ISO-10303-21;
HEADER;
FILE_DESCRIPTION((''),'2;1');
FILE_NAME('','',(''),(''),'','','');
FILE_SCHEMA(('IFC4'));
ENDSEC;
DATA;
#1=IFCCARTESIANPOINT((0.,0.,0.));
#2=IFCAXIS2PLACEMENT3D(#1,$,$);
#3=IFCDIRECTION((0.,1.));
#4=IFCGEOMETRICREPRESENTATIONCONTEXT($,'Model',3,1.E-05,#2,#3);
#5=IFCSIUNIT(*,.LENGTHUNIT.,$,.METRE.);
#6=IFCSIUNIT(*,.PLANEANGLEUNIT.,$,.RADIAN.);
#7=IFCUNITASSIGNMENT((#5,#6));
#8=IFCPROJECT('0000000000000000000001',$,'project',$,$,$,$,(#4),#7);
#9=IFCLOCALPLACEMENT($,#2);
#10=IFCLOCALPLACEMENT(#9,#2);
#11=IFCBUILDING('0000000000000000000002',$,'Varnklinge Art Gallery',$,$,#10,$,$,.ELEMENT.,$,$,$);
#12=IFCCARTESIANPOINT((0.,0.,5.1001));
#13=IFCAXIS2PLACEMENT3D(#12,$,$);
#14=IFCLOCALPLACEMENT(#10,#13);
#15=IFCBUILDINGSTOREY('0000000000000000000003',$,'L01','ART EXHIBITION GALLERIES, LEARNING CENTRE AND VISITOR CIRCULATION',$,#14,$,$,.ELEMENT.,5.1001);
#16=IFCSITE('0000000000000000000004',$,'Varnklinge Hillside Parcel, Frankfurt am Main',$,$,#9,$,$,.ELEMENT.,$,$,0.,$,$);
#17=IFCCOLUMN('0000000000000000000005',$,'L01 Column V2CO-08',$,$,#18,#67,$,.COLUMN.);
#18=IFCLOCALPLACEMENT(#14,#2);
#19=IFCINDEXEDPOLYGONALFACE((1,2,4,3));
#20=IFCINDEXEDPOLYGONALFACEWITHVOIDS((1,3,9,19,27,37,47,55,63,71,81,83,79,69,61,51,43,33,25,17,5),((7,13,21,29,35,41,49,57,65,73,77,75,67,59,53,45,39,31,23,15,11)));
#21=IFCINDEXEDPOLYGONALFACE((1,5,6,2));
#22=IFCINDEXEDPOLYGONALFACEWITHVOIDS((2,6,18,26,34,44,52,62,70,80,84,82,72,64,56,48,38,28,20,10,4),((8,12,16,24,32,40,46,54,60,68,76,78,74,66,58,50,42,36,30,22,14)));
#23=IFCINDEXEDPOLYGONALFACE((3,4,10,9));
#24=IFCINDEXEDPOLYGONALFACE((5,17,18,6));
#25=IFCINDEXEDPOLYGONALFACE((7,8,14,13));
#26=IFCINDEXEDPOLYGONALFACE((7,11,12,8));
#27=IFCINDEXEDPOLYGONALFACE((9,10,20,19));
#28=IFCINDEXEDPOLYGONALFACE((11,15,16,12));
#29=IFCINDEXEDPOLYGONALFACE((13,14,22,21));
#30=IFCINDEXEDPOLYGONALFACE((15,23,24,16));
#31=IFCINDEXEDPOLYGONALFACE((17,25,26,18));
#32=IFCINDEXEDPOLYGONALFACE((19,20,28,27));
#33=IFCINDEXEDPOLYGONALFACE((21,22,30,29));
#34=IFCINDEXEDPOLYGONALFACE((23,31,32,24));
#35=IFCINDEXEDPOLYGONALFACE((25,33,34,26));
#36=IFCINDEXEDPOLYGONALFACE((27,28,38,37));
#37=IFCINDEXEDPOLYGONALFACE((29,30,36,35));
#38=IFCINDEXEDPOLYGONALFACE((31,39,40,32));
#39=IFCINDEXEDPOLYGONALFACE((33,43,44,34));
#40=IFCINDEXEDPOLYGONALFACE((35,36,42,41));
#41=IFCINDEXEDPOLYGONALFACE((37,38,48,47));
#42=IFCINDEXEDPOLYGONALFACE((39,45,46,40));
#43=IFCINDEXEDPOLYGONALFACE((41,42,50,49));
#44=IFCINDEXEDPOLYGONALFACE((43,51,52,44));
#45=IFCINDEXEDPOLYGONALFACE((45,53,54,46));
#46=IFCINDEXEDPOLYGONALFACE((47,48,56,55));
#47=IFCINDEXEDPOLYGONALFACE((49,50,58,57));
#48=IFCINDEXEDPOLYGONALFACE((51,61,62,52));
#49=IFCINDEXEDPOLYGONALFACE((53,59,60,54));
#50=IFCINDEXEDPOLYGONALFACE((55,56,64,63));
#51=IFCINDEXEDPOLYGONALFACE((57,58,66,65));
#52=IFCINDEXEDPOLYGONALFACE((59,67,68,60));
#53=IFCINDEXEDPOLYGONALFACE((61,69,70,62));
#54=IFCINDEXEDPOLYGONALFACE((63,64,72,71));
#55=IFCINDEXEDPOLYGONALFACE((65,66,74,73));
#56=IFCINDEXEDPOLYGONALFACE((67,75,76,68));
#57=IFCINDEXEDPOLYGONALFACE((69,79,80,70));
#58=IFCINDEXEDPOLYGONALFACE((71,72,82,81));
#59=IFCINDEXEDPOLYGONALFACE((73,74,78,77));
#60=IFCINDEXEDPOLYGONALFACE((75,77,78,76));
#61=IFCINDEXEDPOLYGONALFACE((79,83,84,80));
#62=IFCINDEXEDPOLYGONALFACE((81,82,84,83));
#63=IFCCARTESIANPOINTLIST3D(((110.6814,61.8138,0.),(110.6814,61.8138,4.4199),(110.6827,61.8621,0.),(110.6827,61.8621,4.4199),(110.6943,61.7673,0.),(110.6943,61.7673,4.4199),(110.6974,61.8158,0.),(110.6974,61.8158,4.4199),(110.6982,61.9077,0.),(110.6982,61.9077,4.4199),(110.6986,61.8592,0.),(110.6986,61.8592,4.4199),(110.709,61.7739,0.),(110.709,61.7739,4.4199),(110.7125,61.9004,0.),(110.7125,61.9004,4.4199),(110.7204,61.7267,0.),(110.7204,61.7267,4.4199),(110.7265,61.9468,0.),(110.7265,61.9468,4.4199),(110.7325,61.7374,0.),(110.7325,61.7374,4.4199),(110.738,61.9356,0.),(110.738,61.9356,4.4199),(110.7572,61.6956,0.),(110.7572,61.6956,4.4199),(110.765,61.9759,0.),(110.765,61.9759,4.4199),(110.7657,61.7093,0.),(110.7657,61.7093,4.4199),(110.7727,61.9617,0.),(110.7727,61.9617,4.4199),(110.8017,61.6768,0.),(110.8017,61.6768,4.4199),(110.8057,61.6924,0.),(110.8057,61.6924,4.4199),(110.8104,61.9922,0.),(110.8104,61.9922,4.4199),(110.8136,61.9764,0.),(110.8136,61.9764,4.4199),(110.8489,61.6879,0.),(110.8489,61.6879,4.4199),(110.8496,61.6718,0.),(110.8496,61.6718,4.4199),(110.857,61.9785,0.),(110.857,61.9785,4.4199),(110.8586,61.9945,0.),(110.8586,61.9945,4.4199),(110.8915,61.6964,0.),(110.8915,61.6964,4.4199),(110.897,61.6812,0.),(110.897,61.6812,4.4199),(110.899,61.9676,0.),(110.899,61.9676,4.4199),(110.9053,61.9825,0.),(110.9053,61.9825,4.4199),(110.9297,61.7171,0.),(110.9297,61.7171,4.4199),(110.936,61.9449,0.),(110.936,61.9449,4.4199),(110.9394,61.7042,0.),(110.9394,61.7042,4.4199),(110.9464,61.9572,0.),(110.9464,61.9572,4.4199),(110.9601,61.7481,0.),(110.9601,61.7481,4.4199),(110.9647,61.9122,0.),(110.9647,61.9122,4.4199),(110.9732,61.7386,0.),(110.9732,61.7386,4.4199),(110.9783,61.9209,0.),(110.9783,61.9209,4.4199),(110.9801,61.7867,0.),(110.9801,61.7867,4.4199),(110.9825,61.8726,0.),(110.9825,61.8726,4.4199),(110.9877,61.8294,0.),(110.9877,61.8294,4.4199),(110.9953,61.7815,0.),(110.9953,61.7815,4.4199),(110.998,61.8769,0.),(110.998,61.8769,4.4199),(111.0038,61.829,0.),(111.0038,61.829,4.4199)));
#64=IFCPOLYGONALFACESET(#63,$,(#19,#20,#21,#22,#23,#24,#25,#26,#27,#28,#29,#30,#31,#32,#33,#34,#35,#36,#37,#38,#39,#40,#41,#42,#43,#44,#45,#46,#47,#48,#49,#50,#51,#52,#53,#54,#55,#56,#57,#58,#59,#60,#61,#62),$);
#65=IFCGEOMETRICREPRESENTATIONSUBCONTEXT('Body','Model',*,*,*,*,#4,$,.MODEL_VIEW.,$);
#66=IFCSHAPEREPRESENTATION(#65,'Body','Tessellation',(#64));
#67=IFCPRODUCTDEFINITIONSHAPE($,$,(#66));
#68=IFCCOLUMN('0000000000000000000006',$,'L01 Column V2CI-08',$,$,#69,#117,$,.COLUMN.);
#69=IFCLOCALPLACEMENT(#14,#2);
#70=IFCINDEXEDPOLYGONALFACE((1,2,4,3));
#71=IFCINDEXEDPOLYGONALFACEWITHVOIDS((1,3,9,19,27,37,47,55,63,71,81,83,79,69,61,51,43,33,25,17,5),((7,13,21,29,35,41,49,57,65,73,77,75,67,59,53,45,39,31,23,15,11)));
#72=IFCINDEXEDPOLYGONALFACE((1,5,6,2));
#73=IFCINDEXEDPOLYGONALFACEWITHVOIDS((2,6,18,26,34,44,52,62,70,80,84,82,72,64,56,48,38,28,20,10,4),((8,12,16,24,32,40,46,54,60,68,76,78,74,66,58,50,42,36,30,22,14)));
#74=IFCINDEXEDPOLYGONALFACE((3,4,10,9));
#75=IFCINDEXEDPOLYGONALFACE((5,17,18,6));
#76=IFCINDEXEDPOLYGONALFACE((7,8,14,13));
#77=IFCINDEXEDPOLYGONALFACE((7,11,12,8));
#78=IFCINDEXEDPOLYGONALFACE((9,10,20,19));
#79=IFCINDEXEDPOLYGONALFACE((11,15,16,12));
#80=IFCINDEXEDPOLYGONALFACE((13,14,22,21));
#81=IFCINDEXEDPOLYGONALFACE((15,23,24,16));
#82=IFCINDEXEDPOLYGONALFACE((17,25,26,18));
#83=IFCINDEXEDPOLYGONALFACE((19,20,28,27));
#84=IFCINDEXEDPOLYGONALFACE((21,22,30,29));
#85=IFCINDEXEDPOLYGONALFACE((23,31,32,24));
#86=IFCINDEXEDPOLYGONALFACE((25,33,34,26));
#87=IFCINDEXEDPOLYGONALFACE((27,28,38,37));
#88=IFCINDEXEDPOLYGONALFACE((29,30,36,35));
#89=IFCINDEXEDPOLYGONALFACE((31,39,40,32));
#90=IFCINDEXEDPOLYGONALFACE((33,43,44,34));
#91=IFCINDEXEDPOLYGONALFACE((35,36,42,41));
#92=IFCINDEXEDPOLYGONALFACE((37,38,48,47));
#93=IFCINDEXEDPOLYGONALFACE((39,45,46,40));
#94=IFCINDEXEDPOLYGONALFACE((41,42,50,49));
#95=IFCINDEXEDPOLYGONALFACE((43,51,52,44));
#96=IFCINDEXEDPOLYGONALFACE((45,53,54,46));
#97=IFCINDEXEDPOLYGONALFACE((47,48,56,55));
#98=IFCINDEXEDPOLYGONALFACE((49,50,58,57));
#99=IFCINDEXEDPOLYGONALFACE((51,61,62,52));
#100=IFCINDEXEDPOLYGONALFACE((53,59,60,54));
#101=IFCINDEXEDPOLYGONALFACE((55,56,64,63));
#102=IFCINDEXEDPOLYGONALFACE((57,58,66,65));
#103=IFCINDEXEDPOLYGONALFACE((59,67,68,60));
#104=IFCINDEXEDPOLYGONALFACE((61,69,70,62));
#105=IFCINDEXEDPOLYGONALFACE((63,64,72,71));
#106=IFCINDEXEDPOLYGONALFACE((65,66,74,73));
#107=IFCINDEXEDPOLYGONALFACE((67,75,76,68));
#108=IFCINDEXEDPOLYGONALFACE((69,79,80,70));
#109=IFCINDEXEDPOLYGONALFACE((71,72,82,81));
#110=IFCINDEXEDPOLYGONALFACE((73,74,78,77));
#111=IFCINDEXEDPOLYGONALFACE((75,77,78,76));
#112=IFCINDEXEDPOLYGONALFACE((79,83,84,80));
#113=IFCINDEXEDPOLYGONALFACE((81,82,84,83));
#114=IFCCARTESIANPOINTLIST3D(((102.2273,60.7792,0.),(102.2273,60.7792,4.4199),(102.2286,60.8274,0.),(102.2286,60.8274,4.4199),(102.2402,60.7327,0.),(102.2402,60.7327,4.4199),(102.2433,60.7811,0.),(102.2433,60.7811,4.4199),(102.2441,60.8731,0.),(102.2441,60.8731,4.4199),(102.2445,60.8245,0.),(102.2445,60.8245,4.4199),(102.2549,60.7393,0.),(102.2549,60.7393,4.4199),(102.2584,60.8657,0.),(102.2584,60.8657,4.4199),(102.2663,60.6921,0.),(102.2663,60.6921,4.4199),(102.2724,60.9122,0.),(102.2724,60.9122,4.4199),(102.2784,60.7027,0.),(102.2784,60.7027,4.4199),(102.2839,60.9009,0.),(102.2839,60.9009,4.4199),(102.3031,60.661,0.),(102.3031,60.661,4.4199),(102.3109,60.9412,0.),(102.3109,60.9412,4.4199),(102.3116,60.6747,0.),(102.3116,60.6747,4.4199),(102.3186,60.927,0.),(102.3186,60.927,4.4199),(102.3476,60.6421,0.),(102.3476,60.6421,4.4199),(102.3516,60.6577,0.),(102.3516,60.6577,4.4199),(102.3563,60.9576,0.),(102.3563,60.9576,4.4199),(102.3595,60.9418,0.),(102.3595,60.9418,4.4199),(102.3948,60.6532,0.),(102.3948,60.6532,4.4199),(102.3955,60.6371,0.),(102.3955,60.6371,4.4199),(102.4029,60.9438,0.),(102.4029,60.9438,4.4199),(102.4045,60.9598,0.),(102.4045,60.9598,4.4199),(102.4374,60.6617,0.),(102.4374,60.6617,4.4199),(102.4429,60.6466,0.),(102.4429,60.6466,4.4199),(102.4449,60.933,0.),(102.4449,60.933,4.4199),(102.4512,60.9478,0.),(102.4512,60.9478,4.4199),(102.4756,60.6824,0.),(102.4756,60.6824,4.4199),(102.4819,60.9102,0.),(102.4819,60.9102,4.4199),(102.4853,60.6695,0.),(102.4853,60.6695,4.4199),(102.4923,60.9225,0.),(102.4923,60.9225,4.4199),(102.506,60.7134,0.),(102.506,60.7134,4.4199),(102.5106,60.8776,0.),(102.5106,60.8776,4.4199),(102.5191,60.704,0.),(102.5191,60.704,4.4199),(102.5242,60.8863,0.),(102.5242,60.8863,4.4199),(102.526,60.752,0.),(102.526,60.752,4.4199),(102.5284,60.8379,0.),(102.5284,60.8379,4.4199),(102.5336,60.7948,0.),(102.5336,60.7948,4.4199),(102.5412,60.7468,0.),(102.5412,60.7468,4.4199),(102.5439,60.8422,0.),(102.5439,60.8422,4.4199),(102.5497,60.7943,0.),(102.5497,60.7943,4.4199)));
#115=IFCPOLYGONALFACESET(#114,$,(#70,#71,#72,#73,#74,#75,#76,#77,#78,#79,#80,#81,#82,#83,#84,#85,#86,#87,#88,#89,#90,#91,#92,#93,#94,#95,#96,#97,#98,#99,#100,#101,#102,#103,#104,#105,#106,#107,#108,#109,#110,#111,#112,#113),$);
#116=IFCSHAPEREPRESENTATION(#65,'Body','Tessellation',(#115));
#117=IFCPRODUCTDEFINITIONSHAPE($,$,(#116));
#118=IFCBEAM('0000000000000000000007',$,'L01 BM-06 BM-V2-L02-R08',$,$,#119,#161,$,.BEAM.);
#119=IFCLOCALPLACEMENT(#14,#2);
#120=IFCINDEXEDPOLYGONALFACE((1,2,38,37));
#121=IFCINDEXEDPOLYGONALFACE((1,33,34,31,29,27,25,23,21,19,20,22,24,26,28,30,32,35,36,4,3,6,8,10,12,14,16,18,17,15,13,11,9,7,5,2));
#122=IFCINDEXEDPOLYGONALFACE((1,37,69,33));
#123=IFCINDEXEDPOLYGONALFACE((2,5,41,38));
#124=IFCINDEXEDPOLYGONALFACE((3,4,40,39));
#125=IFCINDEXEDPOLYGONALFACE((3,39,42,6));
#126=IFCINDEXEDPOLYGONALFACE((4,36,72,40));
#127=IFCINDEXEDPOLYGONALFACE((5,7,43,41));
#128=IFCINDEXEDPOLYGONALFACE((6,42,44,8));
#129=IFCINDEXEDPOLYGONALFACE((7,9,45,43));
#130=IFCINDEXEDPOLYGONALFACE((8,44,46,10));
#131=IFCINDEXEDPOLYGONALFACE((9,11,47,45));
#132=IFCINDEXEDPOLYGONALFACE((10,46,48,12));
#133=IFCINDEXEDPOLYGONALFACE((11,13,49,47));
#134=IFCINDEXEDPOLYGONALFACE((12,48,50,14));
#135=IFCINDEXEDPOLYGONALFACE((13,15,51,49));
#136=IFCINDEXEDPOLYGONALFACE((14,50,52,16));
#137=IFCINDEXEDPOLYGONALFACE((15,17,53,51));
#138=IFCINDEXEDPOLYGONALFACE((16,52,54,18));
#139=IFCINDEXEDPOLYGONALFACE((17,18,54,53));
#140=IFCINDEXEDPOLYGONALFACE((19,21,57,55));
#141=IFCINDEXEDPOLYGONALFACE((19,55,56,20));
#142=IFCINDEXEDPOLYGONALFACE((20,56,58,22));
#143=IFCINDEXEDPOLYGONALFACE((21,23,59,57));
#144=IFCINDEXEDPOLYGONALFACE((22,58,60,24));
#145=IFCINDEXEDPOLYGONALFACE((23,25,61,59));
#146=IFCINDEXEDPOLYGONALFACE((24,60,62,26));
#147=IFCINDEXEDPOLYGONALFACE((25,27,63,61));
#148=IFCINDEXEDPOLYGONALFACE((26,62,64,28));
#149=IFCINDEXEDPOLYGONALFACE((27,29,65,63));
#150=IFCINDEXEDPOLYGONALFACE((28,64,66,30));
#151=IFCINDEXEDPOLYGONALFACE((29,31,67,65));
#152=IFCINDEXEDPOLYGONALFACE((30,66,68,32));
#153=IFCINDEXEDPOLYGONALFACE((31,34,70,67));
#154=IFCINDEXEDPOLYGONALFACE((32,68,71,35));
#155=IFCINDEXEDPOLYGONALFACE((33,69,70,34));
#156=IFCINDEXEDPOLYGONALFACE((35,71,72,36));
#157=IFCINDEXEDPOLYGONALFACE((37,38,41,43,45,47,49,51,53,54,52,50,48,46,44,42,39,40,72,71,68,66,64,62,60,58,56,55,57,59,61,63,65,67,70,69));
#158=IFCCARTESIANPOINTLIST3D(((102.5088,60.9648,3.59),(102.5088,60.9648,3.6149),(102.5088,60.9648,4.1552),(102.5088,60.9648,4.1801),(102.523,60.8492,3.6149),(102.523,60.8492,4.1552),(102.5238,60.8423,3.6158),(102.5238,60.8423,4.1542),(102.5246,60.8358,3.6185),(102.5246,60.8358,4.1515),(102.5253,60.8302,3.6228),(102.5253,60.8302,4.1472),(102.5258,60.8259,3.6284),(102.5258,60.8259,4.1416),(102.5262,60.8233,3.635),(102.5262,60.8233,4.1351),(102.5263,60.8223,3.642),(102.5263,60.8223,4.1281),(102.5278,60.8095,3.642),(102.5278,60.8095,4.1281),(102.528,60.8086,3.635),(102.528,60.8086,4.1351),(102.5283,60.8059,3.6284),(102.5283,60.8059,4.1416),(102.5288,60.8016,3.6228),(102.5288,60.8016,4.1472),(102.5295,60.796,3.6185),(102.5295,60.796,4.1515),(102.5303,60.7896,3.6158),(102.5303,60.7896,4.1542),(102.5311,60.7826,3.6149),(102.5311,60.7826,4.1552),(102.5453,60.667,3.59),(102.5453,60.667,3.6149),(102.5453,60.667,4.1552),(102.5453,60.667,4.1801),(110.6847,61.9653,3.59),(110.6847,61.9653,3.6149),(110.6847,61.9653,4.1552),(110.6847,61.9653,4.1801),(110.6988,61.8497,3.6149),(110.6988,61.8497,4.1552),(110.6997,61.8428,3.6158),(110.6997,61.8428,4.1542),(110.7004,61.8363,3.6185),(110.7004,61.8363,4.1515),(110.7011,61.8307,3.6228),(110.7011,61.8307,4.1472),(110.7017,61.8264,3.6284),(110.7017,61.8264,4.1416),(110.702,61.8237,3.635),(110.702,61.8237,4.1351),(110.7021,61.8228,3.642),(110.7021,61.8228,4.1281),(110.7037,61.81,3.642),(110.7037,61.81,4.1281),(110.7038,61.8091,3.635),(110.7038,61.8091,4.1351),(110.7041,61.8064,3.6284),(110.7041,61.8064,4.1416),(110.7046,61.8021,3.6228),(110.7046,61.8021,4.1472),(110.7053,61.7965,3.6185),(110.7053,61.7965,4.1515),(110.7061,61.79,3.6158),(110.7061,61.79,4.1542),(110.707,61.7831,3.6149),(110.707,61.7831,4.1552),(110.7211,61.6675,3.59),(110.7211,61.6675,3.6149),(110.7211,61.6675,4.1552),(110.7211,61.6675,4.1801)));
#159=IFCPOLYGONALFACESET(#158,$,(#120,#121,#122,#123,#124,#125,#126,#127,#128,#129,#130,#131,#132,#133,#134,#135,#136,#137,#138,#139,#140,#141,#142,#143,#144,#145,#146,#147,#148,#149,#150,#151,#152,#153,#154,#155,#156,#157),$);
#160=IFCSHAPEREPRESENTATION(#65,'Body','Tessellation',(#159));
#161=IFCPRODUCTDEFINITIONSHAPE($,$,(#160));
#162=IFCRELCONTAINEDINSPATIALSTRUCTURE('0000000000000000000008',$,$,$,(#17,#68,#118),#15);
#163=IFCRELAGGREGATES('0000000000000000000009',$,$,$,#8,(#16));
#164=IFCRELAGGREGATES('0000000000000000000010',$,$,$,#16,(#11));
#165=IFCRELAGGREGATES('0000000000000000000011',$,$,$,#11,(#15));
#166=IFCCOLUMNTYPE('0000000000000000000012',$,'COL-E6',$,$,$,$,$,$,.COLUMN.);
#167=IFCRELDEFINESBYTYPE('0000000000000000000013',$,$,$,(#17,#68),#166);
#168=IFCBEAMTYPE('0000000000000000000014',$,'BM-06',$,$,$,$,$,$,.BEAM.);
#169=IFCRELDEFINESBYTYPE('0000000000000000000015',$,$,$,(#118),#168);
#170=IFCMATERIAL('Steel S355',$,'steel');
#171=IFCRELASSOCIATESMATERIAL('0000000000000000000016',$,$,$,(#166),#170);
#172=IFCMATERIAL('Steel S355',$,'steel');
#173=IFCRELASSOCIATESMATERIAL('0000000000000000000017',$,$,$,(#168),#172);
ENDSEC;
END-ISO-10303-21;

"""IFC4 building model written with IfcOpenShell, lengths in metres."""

from ifc_helpers import new_model, si_unit, direction, frame, origin, origin_2d, place, context, subcontext, project, spatial, hollow_circle, i_section, extrude, material, material_profile, profile_set, type_object, element, save


model = new_model("IFC4")

# Units and contexts
model_context = context("Model", 3, precision=1e-05, world=origin(), true_north=direction((0.0, 1.0)))
body_context = subcontext(model_context, "Body", "Model", "MODEL_VIEW")
ifc_project = project(units=[si_unit("LENGTHUNIT", "METRE"), si_unit("PLANEANGLEUNIT", "RADIAN")], contexts=[model_context])

# Site, building, storey
site_placement = place(None, origin())
site = spatial("IfcSite", under=ifc_project, at=site_placement, Name="Varnklinge Hillside Parcel, Frankfurt am Main", CompositionType="ELEMENT", RefElevation=0.0)
building_placement = place(site_placement, origin())
building = spatial("IfcBuilding", under=site, at=building_placement, Name="Varnklinge Art Gallery", CompositionType="ELEMENT")
storey_placement = place(building_placement, frame((0.0, 0.0, 5.1001)))
storey = spatial("IfcBuildingStorey", under=building, at=storey_placement, Name="L01", Description="ART EXHIBITION GALLERIES, LEARNING CENTRE AND VISITOR CIRCULATION", CompositionType="ELEMENT", Elevation=5.1001)

# Columns
ifc_material_1 = material(Name="Steel S355", Category="steel")
ifc_material_profile_1 = material_profile(ifc_material_1, hollow_circle(Radius=0.1619, WallThickness=0.0161, at=origin_2d()), Name="CHS 323.9x16")
ifc_profile_set_1 = profile_set([ifc_material_profile_1], Name="Steel S355")
column_type = type_object("IfcColumnType", Name="COL-E6", PredefinedType="COLUMN", material=ifc_profile_set_1)
for number, where, z_axis, x_axis, name in (
    (1, (110.842, 61.8335, 0.0), (0.0, 0.0, 1.0), (-0.992589, -0.121523, 0.0), "L01 Column V2CO-08"),
    (2, (102.3879, 60.7988, 0.0), (0.0, 0.0, 1.0), (-0.992589, -0.121523, 0.0), "L01 Column V2CI-08"),
):
    element("IfcColumn", number, at=place(storey_placement, frame(where, z_axis=z_axis, x_axis=x_axis)), inside=storey, type_object=column_type, Name=name, PredefinedType="COLUMN", context=body_context, shape_type="SweptSolid", body=[
        extrude(hollow_circle(Radius=0.1619, WallThickness=0.0161, at=origin_2d()), origin(), (0.0, 0.0, 1.0), 4.4199),
    ])

# Beam
ifc_material_2 = material(Name="Steel S355", Category="steel")
ifc_material_profile_2 = material_profile(ifc_material_2, i_section(OverallWidth=0.3, OverallDepth=0.5901, WebThickness=0.0129, FlangeThickness=0.0249, FilletRadius=0.0271, at=origin_2d()), Name="HEA 600")
ifc_profile_set_2 = profile_set([ifc_material_profile_2], Name="Steel S355")
beam_type_1 = type_object("IfcBeamType", Name="BM-06", PredefinedType="BEAM", material=ifc_profile_set_2)
beam_1_placement = place(storey_placement, frame((110.7029, 61.8164, 3.885), z_axis=(-0.992596, -0.121466, 0.0), x_axis=(0.121466, -0.992596, 0.0)))
element("IfcBeam", 3, at=beam_1_placement, inside=storey, type_object=beam_type_1, Name="L01 BM-06 BM-V2-L02-R08", PredefinedType="BEAM", context=body_context, shape_type="SweptSolid", body=[
    extrude(i_section(OverallWidth=0.3, OverallDepth=0.5901, WebThickness=0.0129, FlangeThickness=0.0249, FilletRadius=0.0271, at=origin_2d()), origin(), (0.0, 0.0, 1.0), 8.2368),
])

save(model, "model.ifc")
